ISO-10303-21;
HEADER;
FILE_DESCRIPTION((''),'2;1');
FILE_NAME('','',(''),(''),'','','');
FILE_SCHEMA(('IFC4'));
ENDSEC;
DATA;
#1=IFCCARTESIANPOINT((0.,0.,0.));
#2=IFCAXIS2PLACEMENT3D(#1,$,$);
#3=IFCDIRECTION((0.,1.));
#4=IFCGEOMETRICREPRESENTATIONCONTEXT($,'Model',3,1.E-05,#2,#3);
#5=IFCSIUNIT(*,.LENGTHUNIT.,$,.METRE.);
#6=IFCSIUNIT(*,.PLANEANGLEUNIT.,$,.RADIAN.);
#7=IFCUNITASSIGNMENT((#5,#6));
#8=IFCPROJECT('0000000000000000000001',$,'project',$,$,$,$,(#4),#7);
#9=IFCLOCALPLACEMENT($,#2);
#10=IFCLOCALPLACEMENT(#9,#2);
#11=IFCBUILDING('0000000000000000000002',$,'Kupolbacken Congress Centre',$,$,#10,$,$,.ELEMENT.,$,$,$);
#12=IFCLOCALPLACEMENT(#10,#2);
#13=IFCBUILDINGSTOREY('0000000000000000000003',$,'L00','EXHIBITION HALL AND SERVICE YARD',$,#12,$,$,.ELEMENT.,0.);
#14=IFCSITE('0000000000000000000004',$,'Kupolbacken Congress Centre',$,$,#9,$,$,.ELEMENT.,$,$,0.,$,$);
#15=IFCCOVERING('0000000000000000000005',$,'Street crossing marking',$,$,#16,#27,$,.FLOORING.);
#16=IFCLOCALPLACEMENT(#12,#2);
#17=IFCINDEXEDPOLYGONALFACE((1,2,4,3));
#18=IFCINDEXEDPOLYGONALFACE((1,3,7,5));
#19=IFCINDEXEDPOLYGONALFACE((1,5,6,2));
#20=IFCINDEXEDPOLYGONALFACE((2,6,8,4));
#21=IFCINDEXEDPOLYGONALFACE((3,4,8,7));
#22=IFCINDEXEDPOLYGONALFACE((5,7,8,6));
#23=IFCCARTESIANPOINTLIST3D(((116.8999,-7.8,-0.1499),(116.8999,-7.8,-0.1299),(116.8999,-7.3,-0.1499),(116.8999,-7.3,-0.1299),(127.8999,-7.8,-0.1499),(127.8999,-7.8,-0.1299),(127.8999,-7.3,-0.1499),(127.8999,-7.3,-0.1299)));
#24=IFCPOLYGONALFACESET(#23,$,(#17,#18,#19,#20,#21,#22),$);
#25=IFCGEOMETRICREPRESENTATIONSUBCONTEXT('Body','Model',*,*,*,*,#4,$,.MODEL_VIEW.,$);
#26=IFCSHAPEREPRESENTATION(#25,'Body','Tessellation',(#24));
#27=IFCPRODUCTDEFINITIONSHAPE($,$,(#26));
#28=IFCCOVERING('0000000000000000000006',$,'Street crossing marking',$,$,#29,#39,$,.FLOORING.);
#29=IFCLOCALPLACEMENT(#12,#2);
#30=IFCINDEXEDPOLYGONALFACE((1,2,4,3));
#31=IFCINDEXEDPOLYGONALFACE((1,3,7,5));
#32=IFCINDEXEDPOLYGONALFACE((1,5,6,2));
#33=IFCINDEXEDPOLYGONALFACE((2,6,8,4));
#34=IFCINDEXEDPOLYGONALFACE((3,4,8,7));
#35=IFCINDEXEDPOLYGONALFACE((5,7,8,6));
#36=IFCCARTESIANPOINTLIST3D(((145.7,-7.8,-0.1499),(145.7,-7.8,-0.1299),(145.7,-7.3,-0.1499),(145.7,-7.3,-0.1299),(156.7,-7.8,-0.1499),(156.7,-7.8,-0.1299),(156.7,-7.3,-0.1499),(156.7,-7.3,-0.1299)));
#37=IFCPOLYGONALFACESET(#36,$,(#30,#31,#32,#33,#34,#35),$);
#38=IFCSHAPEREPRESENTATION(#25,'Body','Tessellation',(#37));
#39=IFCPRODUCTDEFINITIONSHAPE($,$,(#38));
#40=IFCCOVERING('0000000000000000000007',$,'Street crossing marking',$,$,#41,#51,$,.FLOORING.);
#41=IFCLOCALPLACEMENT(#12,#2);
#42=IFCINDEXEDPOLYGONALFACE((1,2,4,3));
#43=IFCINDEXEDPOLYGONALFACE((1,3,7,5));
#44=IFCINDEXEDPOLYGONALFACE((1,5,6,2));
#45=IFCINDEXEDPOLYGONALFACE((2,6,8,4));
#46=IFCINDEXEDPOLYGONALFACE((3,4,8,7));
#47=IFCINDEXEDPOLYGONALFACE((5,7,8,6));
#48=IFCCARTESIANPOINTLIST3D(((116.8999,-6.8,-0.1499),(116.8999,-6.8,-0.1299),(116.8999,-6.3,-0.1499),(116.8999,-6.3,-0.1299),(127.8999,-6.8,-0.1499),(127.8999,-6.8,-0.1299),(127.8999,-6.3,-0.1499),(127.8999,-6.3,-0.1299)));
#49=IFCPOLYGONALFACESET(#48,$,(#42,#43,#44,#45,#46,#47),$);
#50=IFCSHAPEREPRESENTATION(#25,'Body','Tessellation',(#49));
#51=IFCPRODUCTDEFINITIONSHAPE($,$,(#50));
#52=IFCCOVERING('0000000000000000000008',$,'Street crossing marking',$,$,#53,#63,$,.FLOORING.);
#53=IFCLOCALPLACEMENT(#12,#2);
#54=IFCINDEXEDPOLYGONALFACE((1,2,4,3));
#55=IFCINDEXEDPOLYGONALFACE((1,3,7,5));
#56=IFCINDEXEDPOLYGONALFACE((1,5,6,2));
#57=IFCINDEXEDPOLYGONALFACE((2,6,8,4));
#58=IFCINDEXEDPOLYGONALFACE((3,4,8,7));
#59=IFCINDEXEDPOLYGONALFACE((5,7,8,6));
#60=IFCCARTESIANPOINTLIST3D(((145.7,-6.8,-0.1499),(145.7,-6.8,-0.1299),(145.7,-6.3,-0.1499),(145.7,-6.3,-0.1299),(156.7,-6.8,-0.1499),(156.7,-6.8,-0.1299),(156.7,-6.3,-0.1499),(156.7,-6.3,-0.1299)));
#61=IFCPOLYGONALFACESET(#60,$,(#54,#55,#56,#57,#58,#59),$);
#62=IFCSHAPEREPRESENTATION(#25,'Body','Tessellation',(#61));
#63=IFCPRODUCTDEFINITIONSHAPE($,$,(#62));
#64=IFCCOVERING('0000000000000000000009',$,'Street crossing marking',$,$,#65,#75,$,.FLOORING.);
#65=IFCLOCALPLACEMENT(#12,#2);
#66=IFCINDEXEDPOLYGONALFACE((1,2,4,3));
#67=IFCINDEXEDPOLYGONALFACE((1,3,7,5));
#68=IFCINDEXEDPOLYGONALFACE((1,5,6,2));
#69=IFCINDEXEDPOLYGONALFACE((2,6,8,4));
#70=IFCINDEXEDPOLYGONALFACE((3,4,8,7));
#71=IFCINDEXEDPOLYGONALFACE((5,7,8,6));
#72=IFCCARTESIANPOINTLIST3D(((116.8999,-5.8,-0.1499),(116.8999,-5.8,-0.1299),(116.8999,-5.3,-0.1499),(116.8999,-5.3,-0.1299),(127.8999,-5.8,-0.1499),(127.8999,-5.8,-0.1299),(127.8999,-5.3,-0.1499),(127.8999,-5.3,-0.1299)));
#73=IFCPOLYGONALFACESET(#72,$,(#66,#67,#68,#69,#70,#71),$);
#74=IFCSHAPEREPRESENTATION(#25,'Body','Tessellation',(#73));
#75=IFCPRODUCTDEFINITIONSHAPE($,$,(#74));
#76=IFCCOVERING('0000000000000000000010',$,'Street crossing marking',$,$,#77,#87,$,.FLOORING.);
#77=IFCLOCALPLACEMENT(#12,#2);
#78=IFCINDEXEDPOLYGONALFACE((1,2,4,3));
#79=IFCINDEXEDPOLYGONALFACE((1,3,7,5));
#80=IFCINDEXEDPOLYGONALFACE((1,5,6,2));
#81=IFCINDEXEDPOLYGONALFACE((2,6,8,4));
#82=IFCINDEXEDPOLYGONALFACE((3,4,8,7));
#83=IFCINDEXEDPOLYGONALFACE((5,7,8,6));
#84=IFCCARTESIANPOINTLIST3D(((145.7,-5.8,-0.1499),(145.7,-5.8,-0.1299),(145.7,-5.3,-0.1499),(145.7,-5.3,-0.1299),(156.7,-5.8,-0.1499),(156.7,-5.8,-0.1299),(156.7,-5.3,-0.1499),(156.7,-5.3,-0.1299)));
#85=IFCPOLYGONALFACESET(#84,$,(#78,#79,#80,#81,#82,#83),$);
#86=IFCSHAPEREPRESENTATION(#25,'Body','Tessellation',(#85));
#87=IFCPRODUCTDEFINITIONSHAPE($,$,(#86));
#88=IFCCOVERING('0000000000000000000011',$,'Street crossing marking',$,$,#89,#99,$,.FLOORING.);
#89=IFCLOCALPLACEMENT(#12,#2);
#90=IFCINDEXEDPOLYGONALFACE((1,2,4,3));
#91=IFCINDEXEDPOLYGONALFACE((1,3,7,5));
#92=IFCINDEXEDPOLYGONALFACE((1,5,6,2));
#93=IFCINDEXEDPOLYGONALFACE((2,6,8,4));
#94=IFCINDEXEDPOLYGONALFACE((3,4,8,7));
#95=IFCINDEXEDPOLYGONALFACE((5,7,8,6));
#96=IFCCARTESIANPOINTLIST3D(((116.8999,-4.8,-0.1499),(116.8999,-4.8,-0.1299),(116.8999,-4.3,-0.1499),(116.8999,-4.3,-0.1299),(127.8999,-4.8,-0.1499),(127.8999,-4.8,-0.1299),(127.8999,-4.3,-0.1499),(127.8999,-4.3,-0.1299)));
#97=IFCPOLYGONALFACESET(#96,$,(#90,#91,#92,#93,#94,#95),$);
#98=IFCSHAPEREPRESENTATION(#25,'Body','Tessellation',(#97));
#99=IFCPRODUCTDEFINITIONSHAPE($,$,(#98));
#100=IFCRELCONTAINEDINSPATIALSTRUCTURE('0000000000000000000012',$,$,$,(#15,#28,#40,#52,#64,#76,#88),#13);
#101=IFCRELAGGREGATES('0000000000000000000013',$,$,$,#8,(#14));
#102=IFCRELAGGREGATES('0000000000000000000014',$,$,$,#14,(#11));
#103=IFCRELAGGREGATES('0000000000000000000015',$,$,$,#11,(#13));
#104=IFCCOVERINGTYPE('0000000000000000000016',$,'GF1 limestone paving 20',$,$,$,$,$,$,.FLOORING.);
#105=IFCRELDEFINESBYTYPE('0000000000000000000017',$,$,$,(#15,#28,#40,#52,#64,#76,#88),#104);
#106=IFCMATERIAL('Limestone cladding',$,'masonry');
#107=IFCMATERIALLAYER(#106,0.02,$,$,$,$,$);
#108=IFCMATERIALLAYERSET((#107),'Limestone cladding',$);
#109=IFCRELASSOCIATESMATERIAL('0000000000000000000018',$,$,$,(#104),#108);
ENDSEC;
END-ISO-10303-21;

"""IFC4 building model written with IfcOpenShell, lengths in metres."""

from ifc_helpers import new_model, si_unit, direction, frame, origin, place, context, subcontext, project, spatial, polyline, outline, extrude, material, layer, layer_set, type_object, element, save


model = new_model("IFC4")

# Units and contexts
model_context = context("Model", 3, precision=1e-05, world=origin(), true_north=direction((0.0, 1.0)))
body_context = subcontext(model_context, "Body", "Model", "MODEL_VIEW")
ifc_project = project(units=[si_unit("LENGTHUNIT", "METRE"), si_unit("PLANEANGLEUNIT", "RADIAN")], contexts=[model_context])

# Site, building, storey
site_placement = place(None, origin())
site = spatial("IfcSite", under=ifc_project, at=site_placement, Name="Kupolbacken Congress Centre", CompositionType="ELEMENT", RefElevation=0.0)
building_placement = place(site_placement, origin())
building = spatial("IfcBuilding", under=site, at=building_placement, Name="Kupolbacken Congress Centre", CompositionType="ELEMENT")
storey_placement = place(building_placement, origin())
storey = spatial("IfcBuildingStorey", under=building, at=storey_placement, Name="L00", Description="EXHIBITION HALL AND SERVICE YARD", CompositionType="ELEMENT", Elevation=0.0)

# Coverings
ifc_material = material(Name="Limestone cladding", Category="masonry")
ifc_layer = layer(ifc_material, 0.02)
ifc_layer_set = layer_set([ifc_layer], Name="Limestone cladding")
covering_type = type_object("IfcCoveringType", Name="GF1 limestone paving 20", PredefinedType="FLOORING", material=ifc_layer_set)
covering_1_placement = place(storey_placement, frame((0.0, 0.0, -0.1499)))
element("IfcCovering", 1, at=covering_1_placement, inside=storey, type_object=covering_type, Name="Street crossing marking", PredefinedType="FLOORING", context=body_context, shape_type="SweptSolid", body=[
    extrude(outline(polyline([(116.8999, -7.8), (116.8999, -7.3), (127.8999, -7.3), (127.8999, -7.8), (116.8999, -7.8)])), origin(), (0.0, 0.0, 1.0), 0.02),
])
covering_2_placement = place(storey_placement, frame((0.0, 0.0, -0.1499)))
element("IfcCovering", 2, at=covering_2_placement, inside=storey, type_object=covering_type, Name="Street crossing marking", PredefinedType="FLOORING", context=body_context, shape_type="SweptSolid", body=[
    extrude(outline(polyline([(145.7, -7.3), (156.7, -7.3), (156.7, -7.8), (145.7, -7.8), (145.7, -7.3)])), origin(), (0.0, 0.0, 1.0), 0.02),
])
covering_3_placement = place(storey_placement, frame((0.0, 0.0, -0.1499)))
element("IfcCovering", 3, at=covering_3_placement, inside=storey, type_object=covering_type, Name="Street crossing marking", PredefinedType="FLOORING", context=body_context, shape_type="SweptSolid", body=[
    extrude(outline(polyline([(116.8999, -6.3), (127.8999, -6.3), (127.8999, -6.8), (116.8999, -6.8), (116.8999, -6.3)])), origin(), (0.0, 0.0, 1.0), 0.02),
])
covering_4_placement = place(storey_placement, frame((0.0, 0.0, -0.1499)))
element("IfcCovering", 4, at=covering_4_placement, inside=storey, type_object=covering_type, Name="Street crossing marking", PredefinedType="FLOORING", context=body_context, shape_type="SweptSolid", body=[
    extrude(outline(polyline([(145.7, -6.8), (145.7, -6.3), (156.7, -6.3), (156.7, -6.8), (145.7, -6.8)])), origin(), (0.0, 0.0, 1.0), 0.02),
])
covering_5_placement = place(storey_placement, frame((0.0, 0.0, -0.1499)))
element("IfcCovering", 5, at=covering_5_placement, inside=storey, type_object=covering_type, Name="Street crossing marking", PredefinedType="FLOORING", context=body_context, shape_type="SweptSolid", body=[
    extrude(outline(polyline([(116.8999, -5.8), (116.8999, -5.3), (127.8999, -5.3), (127.8999, -5.8), (116.8999, -5.8)])), origin(), (0.0, 0.0, 1.0), 0.02),
])
covering_6_placement = place(storey_placement, frame((0.0, 0.0, -0.1499)))
element("IfcCovering", 6, at=covering_6_placement, inside=storey, type_object=covering_type, Name="Street crossing marking", PredefinedType="FLOORING", context=body_context, shape_type="SweptSolid", body=[
    extrude(outline(polyline([(145.7, -5.8), (145.7, -5.3), (156.7, -5.3), (156.7, -5.8), (145.7, -5.8)])), origin(), (0.0, 0.0, 1.0), 0.02),
])
covering_7_placement = place(storey_placement, frame((0.0, 0.0, -0.1499)))
element("IfcCovering", 7, at=covering_7_placement, inside=storey, type_object=covering_type, Name="Street crossing marking", PredefinedType="FLOORING", context=body_context, shape_type="SweptSolid", body=[
    extrude(outline(polyline([(116.8999, -4.3), (127.8999, -4.3), (127.8999, -4.8), (116.8999, -4.8), (116.8999, -4.3)])), origin(), (0.0, 0.0, 1.0), 0.02),
])

save(model, "model.ifc")
